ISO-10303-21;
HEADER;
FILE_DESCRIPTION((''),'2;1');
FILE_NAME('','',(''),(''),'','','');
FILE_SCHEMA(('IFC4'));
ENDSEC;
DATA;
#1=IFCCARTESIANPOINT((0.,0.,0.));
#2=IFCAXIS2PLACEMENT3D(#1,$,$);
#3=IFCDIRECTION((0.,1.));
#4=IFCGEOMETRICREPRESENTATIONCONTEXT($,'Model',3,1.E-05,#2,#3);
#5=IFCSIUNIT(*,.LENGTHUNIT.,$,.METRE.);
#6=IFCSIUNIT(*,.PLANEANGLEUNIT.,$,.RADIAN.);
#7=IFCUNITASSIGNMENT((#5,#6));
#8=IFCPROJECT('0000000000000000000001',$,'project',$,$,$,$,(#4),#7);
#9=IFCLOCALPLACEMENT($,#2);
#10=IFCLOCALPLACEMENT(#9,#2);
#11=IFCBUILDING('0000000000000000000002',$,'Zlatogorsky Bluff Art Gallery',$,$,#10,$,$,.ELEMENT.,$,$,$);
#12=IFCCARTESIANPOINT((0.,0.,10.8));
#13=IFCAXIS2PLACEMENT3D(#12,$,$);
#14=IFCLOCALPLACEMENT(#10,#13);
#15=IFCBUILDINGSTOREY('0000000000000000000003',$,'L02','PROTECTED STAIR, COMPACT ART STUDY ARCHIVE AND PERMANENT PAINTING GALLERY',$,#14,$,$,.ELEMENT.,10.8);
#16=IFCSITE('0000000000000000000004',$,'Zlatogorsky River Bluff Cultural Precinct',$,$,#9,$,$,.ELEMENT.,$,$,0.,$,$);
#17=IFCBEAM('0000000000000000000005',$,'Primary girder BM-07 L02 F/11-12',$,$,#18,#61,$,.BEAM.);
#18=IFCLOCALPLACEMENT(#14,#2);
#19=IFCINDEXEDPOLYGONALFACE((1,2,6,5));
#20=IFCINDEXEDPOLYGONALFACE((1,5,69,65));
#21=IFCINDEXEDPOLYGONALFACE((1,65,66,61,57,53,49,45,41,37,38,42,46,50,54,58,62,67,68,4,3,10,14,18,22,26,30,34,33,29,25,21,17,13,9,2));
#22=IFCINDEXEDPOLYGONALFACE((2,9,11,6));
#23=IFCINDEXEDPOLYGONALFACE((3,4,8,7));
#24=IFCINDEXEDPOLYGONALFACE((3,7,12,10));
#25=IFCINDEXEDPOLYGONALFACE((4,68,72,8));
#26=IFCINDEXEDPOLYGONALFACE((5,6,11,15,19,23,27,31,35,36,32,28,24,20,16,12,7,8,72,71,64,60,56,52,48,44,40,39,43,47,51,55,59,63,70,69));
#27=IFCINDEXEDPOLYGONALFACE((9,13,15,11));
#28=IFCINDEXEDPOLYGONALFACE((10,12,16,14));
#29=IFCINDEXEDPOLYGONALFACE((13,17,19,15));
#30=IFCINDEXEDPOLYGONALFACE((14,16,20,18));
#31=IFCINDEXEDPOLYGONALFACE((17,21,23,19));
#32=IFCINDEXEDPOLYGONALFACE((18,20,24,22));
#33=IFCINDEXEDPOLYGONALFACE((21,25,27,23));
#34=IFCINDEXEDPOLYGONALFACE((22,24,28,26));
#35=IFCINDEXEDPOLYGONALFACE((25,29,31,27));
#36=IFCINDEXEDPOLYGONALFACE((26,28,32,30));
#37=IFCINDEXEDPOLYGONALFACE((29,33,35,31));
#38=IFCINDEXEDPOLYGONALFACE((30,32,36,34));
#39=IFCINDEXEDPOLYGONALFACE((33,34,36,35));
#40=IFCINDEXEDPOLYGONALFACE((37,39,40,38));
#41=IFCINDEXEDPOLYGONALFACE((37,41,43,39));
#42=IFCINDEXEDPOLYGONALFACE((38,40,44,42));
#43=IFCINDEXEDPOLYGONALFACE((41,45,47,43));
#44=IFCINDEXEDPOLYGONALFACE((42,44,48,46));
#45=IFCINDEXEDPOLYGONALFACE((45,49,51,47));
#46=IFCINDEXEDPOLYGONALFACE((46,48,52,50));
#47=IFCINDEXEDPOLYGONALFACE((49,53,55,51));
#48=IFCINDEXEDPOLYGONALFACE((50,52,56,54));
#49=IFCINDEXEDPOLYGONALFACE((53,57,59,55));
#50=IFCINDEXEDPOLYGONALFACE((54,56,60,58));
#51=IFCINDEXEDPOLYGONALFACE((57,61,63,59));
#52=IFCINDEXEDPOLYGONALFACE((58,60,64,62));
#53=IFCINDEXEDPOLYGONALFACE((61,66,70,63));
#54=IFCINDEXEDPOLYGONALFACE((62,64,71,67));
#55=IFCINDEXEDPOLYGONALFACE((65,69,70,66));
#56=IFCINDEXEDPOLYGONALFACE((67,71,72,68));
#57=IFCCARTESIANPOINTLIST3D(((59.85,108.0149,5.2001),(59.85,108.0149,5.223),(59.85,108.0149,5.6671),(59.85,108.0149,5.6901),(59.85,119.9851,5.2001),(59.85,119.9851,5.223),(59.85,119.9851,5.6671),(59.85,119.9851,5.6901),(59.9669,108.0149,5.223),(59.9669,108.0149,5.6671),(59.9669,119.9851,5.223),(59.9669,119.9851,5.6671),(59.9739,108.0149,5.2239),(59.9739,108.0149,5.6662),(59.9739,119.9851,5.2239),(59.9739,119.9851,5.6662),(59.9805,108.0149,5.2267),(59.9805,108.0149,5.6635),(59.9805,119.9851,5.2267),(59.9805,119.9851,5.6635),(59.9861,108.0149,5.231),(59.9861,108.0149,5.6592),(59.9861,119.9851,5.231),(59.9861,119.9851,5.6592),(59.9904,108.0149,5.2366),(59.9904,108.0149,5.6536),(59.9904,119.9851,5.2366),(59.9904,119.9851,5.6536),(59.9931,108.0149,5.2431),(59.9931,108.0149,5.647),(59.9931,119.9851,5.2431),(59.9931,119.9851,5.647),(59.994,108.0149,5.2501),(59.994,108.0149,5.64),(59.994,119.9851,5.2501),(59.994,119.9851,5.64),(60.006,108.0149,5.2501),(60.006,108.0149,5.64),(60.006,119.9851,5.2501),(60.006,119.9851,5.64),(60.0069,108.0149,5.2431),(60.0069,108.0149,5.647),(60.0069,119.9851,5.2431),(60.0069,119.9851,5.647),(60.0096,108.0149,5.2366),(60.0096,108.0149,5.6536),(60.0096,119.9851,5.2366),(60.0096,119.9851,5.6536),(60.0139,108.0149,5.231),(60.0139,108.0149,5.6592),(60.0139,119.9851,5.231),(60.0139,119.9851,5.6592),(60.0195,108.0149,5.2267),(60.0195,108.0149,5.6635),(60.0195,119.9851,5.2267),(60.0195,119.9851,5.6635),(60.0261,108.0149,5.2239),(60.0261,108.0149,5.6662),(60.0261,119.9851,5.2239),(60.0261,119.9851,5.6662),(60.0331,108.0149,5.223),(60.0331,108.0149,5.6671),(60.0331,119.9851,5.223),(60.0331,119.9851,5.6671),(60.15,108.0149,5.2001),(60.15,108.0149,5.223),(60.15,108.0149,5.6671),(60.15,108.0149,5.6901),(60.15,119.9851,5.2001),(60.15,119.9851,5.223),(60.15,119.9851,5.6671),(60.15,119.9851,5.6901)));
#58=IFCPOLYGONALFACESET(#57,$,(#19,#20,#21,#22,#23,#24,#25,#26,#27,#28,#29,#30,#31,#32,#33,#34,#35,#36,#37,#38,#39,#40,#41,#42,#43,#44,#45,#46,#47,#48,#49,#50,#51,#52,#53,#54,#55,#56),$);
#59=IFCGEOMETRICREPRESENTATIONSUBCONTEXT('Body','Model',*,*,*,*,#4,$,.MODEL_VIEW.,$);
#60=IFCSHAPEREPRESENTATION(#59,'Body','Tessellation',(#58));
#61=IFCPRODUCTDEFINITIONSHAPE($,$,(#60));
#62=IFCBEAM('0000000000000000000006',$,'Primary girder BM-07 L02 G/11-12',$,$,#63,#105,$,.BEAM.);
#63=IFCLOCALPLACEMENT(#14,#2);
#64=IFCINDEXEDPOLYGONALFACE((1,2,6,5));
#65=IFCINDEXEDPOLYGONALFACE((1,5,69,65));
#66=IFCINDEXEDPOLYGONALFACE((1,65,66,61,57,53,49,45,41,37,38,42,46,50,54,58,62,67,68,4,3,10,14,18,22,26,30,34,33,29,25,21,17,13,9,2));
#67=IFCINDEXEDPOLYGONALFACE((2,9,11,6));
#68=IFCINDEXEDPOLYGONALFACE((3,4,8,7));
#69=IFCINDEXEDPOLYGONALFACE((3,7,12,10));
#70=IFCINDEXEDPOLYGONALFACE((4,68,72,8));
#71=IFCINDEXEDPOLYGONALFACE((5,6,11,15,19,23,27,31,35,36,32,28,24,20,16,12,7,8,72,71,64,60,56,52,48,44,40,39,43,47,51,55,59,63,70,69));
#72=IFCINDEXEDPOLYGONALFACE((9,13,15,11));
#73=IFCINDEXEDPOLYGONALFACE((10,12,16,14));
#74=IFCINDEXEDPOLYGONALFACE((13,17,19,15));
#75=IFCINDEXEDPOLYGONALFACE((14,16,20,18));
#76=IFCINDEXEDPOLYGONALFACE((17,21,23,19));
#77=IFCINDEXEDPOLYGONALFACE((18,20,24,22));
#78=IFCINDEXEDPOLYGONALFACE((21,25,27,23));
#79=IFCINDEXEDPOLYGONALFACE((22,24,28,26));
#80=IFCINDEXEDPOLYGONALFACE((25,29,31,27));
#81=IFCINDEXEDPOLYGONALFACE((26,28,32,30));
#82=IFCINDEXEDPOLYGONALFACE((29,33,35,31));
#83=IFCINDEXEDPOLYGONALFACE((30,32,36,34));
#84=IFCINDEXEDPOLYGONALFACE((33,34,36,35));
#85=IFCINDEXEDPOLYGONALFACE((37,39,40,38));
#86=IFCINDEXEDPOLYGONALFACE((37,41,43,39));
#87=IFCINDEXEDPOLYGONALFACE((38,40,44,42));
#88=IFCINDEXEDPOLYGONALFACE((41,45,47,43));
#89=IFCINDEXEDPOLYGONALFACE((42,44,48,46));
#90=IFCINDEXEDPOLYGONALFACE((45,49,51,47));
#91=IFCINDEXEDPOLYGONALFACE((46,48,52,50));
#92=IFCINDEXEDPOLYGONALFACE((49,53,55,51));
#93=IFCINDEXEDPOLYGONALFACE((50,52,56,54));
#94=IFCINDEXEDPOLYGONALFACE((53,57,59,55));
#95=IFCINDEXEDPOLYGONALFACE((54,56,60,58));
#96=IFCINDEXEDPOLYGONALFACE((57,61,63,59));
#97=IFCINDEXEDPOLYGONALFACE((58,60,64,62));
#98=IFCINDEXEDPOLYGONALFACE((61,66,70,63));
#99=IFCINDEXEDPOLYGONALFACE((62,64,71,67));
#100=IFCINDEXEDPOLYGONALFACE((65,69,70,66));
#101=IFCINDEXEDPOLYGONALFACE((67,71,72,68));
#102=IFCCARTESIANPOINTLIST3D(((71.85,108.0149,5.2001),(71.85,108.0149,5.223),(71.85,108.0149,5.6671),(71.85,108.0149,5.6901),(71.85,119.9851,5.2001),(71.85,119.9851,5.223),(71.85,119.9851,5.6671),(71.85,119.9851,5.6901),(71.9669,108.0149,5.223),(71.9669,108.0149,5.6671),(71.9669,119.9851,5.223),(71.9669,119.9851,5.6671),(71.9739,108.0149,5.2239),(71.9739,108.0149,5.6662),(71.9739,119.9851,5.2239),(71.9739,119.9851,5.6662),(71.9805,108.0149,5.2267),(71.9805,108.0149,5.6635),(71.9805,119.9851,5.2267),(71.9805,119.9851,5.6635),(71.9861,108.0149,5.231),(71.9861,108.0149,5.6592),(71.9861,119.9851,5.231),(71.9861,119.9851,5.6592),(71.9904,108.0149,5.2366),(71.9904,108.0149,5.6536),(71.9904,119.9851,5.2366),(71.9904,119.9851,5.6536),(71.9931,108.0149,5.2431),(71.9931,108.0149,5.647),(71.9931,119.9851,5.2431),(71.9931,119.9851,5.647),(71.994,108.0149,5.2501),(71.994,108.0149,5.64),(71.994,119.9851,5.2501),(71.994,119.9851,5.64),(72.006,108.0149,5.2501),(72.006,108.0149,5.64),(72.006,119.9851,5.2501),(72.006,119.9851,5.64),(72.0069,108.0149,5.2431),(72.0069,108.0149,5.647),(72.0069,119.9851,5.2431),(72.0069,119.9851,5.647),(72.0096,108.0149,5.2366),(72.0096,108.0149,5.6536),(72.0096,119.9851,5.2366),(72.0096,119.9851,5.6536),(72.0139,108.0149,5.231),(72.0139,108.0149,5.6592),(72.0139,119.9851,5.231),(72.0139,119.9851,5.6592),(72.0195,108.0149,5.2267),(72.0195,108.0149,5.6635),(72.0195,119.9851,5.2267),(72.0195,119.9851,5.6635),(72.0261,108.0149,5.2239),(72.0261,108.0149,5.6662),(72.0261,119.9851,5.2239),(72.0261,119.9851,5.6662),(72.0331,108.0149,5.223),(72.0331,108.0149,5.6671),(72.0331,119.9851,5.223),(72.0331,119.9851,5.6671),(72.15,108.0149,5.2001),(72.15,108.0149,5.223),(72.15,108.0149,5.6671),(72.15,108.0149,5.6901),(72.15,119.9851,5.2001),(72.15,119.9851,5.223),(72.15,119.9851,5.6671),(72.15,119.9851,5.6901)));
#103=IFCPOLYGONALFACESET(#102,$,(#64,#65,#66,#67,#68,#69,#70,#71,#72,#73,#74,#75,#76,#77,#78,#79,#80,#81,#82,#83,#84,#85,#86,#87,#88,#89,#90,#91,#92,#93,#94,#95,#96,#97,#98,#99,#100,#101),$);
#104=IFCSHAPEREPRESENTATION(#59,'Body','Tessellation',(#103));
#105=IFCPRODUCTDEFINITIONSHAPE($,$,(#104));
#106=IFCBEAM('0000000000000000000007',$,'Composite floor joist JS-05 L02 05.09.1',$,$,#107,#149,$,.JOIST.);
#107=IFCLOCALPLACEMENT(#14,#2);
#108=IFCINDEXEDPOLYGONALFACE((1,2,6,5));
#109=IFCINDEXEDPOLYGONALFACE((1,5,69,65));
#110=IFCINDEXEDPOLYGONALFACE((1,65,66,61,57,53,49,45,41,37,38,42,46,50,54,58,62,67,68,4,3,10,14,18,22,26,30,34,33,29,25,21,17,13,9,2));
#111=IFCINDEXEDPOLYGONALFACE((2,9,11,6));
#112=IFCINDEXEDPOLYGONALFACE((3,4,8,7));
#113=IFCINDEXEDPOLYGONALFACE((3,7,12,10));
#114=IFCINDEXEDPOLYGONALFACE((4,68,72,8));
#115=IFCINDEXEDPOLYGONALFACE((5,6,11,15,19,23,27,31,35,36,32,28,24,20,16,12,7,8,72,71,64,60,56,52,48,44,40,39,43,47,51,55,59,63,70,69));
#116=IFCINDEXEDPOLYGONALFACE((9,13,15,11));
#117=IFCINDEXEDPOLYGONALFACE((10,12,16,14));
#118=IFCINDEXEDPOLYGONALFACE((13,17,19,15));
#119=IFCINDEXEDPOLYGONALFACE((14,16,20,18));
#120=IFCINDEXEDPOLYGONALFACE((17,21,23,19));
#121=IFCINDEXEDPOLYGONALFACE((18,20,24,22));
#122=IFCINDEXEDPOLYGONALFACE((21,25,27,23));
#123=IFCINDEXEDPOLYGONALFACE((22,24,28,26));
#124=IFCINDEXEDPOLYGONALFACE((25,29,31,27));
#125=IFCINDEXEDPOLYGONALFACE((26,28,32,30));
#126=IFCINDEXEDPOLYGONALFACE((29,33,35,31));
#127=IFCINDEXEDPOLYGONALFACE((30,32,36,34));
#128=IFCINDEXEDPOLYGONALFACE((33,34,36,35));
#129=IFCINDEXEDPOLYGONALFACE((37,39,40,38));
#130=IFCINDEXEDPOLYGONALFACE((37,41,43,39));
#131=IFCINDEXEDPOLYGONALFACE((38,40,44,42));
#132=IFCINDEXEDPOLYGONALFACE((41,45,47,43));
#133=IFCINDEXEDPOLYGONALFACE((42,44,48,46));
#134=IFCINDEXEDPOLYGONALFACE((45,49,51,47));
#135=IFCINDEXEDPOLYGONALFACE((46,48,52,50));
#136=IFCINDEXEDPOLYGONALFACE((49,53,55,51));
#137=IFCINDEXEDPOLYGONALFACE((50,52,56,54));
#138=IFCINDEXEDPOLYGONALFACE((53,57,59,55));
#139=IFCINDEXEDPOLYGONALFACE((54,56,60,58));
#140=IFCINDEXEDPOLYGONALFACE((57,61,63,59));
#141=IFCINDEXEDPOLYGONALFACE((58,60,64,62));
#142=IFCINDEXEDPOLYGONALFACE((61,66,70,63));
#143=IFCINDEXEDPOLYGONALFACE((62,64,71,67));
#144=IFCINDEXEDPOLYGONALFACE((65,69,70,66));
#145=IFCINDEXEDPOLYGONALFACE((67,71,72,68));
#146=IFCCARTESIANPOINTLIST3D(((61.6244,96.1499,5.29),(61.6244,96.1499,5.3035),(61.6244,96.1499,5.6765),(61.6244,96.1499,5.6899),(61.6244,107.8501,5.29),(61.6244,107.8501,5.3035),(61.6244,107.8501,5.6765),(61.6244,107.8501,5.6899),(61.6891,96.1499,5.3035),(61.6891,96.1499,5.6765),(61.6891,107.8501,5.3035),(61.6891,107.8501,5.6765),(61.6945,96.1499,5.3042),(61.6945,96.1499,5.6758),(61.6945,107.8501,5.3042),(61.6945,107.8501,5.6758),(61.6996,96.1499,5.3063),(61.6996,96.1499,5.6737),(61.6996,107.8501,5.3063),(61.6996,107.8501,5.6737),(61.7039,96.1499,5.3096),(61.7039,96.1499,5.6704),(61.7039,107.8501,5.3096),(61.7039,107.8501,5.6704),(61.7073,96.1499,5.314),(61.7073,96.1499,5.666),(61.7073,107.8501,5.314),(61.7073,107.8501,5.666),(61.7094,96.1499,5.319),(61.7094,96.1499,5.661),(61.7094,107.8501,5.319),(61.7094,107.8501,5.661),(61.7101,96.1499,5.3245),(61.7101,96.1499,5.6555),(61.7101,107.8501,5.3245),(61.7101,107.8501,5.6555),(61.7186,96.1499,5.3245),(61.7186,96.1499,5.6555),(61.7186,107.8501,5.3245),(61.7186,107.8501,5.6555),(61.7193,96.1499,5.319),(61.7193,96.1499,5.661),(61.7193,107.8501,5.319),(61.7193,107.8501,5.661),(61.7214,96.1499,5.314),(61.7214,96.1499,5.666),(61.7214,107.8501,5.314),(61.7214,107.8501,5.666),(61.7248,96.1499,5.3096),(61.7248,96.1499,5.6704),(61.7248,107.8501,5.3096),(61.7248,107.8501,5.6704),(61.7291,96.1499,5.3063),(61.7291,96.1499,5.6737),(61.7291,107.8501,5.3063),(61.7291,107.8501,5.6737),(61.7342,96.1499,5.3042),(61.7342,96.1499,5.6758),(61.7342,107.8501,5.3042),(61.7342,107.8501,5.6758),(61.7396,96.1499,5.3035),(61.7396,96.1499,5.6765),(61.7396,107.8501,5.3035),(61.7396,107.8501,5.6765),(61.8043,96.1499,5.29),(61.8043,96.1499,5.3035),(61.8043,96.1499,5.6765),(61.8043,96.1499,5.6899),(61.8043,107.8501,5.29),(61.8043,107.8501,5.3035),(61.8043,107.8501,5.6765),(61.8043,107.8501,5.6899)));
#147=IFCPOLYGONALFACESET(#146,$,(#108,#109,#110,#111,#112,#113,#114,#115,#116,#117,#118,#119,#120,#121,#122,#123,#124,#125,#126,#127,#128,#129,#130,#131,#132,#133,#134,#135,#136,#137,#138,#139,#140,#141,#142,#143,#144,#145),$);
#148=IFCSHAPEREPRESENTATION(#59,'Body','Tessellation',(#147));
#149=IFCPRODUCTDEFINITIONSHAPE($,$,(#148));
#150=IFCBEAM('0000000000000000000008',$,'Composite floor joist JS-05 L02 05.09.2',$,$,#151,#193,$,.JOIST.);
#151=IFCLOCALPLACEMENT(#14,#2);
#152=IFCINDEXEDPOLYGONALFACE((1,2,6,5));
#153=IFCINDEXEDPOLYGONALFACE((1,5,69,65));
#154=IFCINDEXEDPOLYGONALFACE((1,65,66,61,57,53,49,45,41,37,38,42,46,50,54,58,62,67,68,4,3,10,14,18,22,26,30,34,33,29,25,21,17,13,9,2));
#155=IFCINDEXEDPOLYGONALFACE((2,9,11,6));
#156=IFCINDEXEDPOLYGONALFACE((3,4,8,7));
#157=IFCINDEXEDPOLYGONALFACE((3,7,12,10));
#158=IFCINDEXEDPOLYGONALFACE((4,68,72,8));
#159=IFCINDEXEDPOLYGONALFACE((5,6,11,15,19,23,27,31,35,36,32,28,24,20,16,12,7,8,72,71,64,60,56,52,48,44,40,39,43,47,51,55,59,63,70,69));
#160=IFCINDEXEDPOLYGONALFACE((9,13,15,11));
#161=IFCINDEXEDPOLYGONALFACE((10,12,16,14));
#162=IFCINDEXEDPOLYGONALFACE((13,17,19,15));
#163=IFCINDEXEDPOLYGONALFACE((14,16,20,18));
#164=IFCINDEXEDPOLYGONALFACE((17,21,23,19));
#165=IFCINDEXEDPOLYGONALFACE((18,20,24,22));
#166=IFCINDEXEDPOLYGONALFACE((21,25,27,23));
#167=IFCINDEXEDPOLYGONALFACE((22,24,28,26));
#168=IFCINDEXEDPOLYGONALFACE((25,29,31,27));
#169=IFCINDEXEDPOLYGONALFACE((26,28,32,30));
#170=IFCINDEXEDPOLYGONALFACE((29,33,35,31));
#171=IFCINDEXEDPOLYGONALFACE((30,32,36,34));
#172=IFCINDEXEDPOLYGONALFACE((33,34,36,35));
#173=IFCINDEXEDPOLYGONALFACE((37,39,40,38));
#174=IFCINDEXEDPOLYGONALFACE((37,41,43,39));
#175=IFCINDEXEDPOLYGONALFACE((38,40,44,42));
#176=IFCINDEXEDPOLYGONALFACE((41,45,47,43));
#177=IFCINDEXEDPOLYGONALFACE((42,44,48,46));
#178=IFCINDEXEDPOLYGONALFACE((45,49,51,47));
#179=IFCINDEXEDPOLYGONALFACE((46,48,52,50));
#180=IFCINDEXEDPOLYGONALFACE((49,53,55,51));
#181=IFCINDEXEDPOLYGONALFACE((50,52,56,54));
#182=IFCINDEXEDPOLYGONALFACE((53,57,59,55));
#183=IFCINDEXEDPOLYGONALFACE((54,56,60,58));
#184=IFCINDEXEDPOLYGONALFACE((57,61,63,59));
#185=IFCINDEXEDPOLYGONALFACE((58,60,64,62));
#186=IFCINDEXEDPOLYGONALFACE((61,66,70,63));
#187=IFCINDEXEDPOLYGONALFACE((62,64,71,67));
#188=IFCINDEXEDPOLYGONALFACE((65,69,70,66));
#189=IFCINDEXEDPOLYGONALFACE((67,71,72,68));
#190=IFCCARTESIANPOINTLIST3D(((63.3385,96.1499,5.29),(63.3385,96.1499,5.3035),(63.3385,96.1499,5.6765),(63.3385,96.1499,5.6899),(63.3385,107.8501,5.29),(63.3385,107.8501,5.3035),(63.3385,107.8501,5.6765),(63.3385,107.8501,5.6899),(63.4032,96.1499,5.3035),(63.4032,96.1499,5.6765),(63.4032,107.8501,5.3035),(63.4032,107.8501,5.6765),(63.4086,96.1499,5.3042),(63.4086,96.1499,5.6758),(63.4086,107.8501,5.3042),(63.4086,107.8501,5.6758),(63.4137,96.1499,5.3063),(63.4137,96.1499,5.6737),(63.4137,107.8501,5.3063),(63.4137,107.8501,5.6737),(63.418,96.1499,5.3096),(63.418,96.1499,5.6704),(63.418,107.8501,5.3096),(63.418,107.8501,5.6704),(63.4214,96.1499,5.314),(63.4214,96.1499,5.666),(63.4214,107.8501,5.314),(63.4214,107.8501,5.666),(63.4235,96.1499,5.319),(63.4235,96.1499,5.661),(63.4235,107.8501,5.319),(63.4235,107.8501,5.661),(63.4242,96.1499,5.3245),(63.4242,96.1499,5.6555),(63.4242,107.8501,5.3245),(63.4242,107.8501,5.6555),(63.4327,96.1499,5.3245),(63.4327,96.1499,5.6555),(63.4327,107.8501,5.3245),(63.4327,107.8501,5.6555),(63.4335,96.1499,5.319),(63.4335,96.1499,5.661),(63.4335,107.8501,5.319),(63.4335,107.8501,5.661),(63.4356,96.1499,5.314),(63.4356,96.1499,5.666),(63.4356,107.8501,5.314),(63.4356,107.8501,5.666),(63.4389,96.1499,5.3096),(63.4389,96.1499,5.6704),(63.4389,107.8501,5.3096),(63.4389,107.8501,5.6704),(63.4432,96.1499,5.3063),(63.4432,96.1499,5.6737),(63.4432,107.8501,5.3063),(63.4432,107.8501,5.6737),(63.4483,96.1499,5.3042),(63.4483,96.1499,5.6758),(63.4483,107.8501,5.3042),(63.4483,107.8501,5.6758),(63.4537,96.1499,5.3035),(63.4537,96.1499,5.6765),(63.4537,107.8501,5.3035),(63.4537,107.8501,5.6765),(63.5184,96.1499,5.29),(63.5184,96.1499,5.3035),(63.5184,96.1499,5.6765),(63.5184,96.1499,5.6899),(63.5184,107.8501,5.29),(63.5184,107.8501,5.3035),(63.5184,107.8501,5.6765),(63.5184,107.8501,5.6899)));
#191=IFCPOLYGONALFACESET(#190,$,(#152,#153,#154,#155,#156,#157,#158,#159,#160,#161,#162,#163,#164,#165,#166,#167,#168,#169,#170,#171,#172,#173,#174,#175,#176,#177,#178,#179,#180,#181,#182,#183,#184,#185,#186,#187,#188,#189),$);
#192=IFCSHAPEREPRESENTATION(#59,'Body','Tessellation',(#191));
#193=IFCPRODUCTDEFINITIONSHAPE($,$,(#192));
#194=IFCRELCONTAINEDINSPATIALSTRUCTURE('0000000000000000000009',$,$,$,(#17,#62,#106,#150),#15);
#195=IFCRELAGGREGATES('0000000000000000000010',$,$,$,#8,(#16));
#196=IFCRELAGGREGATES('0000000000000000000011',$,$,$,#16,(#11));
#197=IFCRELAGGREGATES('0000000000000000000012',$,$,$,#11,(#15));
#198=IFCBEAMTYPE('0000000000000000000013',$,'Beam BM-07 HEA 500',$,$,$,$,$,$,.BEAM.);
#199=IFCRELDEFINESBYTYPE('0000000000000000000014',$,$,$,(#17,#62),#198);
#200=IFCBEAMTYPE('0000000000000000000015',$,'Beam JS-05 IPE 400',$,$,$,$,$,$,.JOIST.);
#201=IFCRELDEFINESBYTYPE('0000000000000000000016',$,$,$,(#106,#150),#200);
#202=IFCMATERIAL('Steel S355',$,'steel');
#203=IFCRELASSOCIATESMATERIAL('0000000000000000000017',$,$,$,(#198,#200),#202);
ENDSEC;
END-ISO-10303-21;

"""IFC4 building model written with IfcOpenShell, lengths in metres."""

from ifc_helpers import new_model, si_unit, direction, frame, origin, origin_2d, place, context, subcontext, project, spatial, i_section, extrude, material, material_profile, profile_set, type_object, element, save


model = new_model("IFC4")

# Units and contexts
model_context = context("Model", 3, precision=1e-05, world=origin(), true_north=direction((0.0, 1.0)))
body_context = subcontext(model_context, "Body", "Model", "MODEL_VIEW")
ifc_project = project(units=[si_unit("LENGTHUNIT", "METRE"), si_unit("PLANEANGLEUNIT", "RADIAN")], contexts=[model_context])

# Site, building, storey
site_placement = place(None, origin())
site = spatial("IfcSite", under=ifc_project, at=site_placement, Name="Zlatogorsky River Bluff Cultural Precinct", CompositionType="ELEMENT", RefElevation=0.0)
building_placement = place(site_placement, origin())
building = spatial("IfcBuilding", under=site, at=building_placement, Name="Zlatogorsky Bluff Art Gallery", CompositionType="ELEMENT")
storey_placement = place(building_placement, frame((0.0, 0.0, 10.8)))
storey = spatial("IfcBuildingStorey", under=building, at=storey_placement, Name="L02", Description="PROTECTED STAIR, COMPACT ART STUDY ARCHIVE AND PERMANENT PAINTING GALLERY", CompositionType="ELEMENT", Elevation=10.8)

# Shared definitions
ifc_material = material(Name="Steel S355", Category="steel")

# Beams
ifc_material_profile_1 = material_profile(ifc_material, i_section(OverallWidth=0.3, OverallDepth=0.49, WebThickness=0.012, FlangeThickness=0.0229, FilletRadius=0.0271, at=origin_2d()), Name="HEA 500")
ifc_profile_set_1 = profile_set([ifc_material_profile_1], Name="Steel S355")
beam_type_1 = type_object("IfcBeamType", Name="Beam BM-07 HEA 500", PredefinedType="BEAM", material=ifc_profile_set_1)
for number, where, z_axis, x_axis, name in (
    (1, (60.0, 108.0149, 5.4451), (0.0, 1.0, 0.0), (-1.0, 0.0, 0.0), "Primary girder BM-07 L02 F/11-12"),
    (2, (72.0, 108.0149, 5.4451), (0.0, 1.0, 0.0), (-1.0, 0.0, 0.0), "Primary girder BM-07 L02 G/11-12"),
):
    element("IfcBeam", number, at=place(storey_placement, frame(where, z_axis=z_axis, x_axis=x_axis)), inside=storey, type_object=beam_type_1, Name=name, PredefinedType="BEAM", context=body_context, shape_type="SweptSolid", body=[
        extrude(i_section(OverallWidth=0.3, OverallDepth=0.49, WebThickness=0.012, FlangeThickness=0.0229, FilletRadius=0.0271, at=origin_2d()), origin(), (0.0, 0.0, 1.0), 11.9702),
    ])
ifc_material_profile_2 = material_profile(ifc_material, i_section(OverallWidth=0.1799, OverallDepth=0.3999, WebThickness=0.0085, FlangeThickness=0.0134, FilletRadius=0.021, at=origin_2d()), Name="IPE 400")
ifc_profile_set_2 = profile_set([ifc_material_profile_2], Name="Steel S355")
beam_type_2 = type_object("IfcBeamType", Name="Beam JS-05 IPE 400", PredefinedType="JOIST", material=ifc_profile_set_2)
for number, where, z_axis, x_axis, name in (
    (3, (61.7144, 96.1499, 5.49), (0.0, 1.0, 0.0), (-1.0, 0.0, 0.0), "Composite floor joist JS-05 L02 05.09.1"),
    (4, (63.4285, 96.1499, 5.49), (0.0, 1.0, 0.0), (-1.0, 0.0, 0.0), "Composite floor joist JS-05 L02 05.09.2"),
):
    element("IfcBeam", number, at=place(storey_placement, frame(where, z_axis=z_axis, x_axis=x_axis)), inside=storey, type_object=beam_type_2, Name=name, PredefinedType="JOIST", context=body_context, shape_type="SweptSolid", body=[
        extrude(i_section(OverallWidth=0.1799, OverallDepth=0.3999, WebThickness=0.0085, FlangeThickness=0.0134, FilletRadius=0.021, at=origin_2d()), origin(), (0.0, 0.0, 1.0), 11.7002),
    ])

save(model, "model.ifc")
